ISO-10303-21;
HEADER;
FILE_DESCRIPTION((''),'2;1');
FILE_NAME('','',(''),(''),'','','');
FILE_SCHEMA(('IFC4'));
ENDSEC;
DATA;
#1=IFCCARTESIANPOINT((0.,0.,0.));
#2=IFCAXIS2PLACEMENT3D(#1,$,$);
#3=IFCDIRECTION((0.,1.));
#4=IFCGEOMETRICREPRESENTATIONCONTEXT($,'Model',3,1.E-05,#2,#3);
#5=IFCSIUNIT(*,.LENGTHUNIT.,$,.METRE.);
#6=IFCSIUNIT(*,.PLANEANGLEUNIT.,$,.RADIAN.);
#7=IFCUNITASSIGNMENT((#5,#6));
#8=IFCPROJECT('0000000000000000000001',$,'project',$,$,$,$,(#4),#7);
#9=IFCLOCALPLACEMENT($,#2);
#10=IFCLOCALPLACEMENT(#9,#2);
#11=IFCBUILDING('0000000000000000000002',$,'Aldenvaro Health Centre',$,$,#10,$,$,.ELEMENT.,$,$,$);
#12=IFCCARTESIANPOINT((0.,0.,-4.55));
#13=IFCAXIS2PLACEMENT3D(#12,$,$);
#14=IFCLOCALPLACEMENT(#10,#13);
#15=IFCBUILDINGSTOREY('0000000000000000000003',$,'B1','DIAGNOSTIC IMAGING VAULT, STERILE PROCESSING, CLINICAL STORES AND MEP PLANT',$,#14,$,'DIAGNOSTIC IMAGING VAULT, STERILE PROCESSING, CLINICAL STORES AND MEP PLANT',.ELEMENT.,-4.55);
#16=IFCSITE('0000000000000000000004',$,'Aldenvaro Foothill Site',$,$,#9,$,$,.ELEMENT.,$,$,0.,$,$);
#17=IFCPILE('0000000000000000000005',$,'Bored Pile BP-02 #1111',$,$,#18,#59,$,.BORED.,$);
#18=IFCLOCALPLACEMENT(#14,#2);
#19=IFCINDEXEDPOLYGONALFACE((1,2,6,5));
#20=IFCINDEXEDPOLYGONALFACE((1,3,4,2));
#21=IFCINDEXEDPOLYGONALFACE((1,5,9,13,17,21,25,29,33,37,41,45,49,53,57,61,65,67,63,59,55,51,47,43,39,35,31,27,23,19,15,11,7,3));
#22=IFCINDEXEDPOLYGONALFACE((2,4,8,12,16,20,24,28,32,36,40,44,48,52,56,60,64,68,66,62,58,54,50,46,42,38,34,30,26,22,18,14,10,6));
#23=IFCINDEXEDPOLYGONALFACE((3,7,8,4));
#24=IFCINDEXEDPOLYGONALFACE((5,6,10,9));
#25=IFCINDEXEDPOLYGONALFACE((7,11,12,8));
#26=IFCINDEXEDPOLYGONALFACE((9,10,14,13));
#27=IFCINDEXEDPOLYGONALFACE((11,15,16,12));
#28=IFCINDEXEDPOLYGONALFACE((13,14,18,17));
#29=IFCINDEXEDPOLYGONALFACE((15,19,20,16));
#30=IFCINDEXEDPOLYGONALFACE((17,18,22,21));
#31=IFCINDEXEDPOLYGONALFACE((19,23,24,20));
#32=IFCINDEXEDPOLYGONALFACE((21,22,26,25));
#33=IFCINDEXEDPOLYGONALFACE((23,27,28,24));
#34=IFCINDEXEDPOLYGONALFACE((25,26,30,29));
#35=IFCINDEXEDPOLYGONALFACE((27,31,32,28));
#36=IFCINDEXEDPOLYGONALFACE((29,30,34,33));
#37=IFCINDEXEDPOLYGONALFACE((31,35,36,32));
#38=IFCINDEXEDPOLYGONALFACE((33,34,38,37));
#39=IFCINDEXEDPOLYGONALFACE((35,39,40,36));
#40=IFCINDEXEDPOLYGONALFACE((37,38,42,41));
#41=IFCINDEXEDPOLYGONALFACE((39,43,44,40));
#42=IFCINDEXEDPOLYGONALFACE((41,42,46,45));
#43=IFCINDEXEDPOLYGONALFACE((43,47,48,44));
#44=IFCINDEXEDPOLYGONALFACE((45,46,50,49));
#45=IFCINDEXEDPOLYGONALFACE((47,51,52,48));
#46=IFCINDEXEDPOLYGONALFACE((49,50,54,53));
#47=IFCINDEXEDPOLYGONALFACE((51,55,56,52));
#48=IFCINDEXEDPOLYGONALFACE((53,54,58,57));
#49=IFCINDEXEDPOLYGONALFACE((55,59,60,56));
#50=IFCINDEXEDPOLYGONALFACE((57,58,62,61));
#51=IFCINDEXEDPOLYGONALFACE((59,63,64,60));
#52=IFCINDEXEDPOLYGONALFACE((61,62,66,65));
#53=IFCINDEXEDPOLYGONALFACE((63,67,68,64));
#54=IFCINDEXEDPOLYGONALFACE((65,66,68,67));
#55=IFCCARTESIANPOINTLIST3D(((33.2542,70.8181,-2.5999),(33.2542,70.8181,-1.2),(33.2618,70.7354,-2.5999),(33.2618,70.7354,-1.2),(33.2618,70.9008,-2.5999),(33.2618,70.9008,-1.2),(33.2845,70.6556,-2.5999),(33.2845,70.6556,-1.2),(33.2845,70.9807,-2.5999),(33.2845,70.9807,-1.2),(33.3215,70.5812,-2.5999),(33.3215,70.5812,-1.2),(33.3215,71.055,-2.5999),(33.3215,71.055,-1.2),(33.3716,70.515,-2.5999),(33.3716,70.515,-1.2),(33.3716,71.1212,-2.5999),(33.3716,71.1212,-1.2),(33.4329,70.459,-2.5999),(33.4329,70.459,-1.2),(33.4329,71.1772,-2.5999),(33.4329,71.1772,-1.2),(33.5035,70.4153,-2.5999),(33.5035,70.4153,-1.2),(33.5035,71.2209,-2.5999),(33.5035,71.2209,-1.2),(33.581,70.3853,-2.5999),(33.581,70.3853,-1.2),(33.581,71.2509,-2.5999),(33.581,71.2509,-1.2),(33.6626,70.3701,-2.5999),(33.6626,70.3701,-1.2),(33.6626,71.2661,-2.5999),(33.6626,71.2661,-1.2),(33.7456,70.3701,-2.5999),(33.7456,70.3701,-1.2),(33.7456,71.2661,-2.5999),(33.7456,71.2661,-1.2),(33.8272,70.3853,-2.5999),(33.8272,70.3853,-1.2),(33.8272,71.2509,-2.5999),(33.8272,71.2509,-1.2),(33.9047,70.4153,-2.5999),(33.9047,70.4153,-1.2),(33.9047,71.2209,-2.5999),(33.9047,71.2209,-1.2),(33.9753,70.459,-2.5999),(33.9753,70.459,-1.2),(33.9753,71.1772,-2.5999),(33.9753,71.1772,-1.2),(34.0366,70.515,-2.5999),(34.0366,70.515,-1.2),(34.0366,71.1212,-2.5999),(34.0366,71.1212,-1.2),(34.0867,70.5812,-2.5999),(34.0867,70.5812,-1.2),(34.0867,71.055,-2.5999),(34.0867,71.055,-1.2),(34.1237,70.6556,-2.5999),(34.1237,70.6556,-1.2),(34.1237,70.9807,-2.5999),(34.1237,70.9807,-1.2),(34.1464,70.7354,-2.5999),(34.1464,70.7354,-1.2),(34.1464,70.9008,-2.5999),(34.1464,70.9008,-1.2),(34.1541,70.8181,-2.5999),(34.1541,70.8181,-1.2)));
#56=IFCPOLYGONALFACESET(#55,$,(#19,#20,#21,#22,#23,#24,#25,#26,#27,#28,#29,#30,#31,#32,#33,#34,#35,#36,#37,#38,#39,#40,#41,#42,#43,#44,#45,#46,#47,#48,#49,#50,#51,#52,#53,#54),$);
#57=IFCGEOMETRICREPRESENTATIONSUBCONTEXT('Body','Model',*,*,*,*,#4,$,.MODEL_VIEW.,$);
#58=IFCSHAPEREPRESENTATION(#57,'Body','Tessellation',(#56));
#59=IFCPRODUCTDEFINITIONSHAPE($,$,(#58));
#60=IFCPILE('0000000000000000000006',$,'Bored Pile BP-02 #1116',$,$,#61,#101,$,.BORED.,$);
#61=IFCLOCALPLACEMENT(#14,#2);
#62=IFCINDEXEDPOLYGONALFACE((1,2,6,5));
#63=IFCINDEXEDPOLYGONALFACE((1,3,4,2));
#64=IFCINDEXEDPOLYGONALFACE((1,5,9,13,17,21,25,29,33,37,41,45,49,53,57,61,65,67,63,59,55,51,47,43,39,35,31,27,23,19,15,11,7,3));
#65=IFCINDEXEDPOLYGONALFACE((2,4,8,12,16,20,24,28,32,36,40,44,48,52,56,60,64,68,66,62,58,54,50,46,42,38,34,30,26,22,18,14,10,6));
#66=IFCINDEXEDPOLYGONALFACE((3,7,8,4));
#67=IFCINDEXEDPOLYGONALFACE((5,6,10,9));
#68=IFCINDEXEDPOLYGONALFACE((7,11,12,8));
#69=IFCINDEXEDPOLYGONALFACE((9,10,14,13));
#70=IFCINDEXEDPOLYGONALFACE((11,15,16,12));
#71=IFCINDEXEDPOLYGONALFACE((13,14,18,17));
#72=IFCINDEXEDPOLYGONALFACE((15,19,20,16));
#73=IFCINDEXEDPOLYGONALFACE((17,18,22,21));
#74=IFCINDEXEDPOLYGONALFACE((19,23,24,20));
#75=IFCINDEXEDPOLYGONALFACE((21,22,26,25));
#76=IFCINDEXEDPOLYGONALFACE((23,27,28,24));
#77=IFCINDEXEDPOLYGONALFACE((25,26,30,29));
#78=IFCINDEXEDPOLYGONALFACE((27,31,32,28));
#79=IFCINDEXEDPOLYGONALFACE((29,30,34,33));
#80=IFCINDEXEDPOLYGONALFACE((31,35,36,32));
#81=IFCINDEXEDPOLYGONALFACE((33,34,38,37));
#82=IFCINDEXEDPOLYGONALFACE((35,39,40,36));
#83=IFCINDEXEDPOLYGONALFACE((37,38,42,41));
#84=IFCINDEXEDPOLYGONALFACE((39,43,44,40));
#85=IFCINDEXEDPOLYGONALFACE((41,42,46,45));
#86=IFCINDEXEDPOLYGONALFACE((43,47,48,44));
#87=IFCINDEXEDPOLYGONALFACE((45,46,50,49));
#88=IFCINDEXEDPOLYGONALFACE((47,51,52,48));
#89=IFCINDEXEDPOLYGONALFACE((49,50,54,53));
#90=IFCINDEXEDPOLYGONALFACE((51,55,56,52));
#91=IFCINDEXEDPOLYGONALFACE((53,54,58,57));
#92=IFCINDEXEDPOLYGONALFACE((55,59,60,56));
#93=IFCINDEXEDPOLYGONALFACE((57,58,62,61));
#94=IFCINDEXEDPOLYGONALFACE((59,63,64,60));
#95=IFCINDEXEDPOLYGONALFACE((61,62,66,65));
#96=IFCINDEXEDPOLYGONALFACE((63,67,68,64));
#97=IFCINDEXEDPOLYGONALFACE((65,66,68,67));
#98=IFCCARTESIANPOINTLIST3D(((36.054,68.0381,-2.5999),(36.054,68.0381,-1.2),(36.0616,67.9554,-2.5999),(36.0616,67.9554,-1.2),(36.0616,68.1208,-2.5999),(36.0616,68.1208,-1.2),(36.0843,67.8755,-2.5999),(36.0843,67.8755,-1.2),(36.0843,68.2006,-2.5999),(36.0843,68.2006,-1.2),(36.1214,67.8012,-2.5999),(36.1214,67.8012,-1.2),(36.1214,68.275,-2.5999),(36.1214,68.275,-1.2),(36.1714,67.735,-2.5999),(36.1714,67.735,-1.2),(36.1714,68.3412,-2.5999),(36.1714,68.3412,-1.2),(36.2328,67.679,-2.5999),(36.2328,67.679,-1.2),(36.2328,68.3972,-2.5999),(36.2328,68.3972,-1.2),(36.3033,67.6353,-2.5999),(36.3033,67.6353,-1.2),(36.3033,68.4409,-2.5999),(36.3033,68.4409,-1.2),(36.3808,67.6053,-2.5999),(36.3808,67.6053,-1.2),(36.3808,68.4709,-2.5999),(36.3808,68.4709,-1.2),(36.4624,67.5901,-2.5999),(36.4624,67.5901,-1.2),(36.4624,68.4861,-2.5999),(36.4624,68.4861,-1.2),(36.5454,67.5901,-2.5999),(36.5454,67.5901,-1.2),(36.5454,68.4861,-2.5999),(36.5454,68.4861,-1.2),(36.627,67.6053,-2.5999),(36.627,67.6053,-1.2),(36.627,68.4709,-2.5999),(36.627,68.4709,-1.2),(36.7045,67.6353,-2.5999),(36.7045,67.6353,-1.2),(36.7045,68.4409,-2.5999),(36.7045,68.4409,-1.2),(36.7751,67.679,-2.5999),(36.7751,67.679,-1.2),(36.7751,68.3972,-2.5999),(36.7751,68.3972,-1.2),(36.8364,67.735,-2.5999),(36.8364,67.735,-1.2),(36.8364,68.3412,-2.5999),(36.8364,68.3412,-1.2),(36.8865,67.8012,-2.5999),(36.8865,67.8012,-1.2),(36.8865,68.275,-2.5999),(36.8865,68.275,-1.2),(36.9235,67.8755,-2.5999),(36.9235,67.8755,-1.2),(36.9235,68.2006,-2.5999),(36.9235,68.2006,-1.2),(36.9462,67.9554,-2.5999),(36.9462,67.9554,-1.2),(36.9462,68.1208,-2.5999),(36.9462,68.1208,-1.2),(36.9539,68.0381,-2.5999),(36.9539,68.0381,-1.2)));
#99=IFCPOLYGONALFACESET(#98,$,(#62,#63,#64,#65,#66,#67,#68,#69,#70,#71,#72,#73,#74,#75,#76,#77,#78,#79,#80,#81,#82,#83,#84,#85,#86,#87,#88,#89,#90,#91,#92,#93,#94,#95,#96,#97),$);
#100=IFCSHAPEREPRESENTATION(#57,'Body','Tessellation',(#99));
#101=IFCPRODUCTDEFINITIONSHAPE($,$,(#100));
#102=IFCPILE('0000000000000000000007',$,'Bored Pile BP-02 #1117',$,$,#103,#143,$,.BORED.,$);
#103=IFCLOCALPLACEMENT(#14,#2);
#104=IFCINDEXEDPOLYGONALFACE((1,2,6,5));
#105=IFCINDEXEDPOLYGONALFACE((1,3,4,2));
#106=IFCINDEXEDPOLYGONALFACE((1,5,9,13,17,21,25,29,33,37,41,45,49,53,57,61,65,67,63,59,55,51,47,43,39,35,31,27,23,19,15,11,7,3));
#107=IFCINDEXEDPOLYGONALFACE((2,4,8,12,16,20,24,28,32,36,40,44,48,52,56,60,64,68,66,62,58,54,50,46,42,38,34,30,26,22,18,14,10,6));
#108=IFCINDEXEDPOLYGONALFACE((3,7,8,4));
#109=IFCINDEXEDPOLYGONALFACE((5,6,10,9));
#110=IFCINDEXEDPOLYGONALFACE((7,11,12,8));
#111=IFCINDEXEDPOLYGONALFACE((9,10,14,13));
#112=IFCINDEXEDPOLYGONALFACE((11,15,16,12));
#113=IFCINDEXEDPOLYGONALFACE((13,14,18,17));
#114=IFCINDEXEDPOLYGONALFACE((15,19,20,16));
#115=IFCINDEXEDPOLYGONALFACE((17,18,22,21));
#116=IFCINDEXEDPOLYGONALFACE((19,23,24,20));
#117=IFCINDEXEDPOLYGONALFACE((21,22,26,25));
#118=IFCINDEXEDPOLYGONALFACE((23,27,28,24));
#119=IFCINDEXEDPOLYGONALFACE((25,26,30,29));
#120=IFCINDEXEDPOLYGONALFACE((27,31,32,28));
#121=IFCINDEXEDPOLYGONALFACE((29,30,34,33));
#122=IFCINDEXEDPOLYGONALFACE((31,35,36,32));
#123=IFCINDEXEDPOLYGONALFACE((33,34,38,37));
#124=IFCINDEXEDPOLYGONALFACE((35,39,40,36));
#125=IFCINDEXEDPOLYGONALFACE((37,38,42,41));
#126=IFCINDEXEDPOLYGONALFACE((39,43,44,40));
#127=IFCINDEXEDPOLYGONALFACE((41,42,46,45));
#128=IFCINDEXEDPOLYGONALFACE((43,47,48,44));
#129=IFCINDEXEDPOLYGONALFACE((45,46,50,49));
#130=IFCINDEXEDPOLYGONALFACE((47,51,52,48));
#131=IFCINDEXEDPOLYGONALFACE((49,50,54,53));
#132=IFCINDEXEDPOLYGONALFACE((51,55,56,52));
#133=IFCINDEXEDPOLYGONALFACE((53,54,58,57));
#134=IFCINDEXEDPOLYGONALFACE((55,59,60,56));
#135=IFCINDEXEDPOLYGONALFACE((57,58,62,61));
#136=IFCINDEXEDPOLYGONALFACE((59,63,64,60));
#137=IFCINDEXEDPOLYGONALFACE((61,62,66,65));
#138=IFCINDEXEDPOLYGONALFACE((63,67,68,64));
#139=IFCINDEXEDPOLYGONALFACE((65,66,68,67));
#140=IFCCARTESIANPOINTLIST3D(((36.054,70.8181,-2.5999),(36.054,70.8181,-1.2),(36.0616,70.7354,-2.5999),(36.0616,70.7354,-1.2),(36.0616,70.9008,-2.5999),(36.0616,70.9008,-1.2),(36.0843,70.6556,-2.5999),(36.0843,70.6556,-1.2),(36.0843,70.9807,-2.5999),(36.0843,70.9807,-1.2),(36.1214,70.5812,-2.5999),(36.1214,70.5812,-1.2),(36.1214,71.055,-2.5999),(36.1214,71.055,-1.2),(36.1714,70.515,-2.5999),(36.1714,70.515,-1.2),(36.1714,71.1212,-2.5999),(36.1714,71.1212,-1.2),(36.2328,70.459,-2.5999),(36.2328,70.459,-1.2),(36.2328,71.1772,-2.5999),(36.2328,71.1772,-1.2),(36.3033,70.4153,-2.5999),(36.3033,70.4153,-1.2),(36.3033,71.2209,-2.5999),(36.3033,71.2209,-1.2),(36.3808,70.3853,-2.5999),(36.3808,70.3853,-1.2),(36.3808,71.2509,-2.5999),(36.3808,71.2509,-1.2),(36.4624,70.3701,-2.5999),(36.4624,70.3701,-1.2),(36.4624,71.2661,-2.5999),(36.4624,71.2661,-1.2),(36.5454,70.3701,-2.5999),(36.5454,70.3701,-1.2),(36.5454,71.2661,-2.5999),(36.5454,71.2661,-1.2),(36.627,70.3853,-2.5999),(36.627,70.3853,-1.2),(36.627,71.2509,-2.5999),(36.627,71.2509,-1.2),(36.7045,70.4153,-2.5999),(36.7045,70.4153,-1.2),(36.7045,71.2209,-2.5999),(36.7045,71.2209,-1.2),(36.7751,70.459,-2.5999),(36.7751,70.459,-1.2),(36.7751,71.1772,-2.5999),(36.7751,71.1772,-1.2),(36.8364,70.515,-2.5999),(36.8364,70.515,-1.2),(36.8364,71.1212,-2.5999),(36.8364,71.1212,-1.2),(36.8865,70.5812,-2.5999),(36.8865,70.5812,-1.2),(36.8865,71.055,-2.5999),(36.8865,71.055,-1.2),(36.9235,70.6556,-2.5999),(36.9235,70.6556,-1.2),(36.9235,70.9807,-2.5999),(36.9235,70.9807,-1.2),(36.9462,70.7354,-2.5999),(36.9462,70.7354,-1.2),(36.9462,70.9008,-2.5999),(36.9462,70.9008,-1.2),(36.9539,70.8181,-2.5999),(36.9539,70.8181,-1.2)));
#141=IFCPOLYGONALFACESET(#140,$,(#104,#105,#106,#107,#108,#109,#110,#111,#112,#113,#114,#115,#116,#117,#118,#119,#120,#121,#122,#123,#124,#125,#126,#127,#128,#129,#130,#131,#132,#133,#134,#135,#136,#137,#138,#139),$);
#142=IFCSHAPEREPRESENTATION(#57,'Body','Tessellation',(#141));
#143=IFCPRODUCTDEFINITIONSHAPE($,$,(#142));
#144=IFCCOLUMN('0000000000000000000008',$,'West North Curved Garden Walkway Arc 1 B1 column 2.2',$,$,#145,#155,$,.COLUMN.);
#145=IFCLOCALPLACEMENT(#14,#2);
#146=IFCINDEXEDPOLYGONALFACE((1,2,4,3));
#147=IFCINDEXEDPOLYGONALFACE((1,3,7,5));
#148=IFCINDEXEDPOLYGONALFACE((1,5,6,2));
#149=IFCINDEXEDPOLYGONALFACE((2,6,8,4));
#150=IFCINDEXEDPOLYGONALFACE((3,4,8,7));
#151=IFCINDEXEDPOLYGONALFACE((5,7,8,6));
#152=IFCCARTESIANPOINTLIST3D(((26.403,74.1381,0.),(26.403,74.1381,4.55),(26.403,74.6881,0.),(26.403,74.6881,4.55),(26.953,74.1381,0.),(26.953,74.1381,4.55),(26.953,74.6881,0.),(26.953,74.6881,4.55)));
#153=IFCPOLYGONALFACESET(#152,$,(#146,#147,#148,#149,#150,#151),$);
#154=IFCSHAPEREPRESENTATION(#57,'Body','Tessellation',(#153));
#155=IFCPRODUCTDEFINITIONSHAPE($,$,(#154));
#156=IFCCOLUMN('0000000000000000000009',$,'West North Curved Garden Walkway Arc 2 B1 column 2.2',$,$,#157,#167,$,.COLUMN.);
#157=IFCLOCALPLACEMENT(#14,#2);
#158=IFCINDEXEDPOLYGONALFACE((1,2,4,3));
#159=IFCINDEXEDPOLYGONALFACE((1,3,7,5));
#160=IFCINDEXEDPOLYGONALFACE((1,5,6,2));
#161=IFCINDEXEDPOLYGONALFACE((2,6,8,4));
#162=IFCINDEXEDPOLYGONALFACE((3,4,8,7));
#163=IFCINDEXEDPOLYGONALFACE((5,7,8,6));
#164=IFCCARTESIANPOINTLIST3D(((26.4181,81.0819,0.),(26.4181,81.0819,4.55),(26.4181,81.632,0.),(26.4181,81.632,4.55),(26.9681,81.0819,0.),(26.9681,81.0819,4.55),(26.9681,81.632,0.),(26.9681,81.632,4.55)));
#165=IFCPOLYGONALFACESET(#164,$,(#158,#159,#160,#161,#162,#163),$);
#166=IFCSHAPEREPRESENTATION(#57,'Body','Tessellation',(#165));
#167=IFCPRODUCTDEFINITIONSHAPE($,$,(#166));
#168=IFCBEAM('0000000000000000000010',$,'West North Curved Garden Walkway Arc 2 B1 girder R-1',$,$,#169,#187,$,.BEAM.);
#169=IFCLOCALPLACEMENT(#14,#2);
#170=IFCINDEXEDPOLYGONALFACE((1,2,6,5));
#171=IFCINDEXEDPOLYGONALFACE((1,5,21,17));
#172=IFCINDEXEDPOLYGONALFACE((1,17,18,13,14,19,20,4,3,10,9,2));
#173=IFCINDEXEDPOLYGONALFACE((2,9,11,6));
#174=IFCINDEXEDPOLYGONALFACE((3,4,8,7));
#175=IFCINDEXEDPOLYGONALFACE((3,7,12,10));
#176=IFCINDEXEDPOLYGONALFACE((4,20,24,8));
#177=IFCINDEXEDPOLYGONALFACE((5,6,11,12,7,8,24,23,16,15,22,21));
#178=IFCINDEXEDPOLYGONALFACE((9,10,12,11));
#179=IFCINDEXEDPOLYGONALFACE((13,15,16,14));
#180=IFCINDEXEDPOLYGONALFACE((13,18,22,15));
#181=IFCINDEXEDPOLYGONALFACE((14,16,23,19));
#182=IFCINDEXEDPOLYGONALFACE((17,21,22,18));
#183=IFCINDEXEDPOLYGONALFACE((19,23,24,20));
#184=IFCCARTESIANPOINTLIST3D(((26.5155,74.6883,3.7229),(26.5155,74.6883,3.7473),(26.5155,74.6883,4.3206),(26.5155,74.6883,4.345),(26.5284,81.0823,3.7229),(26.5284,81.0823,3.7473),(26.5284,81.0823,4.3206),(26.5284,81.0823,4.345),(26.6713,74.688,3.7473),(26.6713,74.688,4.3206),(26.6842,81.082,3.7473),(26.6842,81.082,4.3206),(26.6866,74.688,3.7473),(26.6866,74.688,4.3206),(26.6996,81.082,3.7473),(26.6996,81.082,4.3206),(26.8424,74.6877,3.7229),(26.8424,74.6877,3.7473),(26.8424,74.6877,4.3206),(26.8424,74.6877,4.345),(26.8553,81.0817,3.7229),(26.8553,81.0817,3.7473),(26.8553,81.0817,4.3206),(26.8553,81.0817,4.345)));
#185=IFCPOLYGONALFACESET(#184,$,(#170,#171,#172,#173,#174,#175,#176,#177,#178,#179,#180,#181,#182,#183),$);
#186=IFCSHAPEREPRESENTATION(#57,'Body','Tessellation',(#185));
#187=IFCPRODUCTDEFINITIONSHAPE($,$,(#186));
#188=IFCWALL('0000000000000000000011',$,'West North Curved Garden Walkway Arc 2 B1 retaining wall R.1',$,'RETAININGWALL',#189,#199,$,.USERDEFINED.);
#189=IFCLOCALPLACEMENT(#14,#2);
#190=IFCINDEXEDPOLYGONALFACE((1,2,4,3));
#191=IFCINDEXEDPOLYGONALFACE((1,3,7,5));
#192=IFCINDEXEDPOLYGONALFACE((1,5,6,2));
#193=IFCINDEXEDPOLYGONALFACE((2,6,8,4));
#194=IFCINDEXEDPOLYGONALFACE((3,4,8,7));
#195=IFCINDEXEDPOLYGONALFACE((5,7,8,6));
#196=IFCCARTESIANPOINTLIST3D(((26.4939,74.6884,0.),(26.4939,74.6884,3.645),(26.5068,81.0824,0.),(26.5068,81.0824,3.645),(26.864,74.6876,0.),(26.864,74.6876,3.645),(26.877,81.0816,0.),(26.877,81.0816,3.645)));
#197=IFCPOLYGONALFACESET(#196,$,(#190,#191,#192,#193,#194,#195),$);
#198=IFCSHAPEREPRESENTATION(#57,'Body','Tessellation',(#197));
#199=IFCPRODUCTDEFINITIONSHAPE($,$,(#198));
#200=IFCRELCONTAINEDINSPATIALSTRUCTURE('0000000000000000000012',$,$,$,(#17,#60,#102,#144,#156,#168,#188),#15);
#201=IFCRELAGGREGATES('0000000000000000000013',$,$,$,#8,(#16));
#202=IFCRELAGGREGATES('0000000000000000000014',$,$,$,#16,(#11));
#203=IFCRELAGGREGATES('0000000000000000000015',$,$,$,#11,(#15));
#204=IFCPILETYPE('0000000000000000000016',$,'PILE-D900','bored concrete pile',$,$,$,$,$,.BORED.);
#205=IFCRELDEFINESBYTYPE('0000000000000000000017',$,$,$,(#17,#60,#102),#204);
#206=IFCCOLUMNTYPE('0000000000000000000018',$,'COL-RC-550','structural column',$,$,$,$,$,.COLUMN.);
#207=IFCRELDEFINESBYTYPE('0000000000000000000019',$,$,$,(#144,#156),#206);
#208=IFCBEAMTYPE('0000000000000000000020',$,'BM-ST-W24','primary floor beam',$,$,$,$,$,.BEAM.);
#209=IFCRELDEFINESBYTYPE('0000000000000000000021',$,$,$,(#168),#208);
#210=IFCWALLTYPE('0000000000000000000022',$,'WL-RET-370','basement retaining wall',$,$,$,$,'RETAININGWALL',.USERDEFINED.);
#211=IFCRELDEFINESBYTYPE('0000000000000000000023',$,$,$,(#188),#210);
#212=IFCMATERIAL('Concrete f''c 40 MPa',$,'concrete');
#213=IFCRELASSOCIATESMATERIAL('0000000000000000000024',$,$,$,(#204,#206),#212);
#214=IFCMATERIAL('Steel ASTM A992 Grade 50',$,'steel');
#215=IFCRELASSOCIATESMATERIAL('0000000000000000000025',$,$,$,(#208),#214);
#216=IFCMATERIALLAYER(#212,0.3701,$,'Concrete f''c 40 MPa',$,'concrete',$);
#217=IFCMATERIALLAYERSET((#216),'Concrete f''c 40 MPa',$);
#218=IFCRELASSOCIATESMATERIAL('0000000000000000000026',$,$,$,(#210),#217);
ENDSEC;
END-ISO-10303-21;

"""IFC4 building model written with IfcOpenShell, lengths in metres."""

from ifc_helpers import new_model, si_unit, direction, frame, frame_2d, origin, origin_2d, place, context, subcontext, project, spatial, rectangle, circle, i_section, extrude, material, layer, layer_set, material_profile, profile_set, type_object, element, save


model = new_model("IFC4")

# Units and contexts
model_context = context("Model", 3, precision=1e-05, world=origin(), true_north=direction((0.0, 1.0)))
body_context = subcontext(model_context, "Body", "Model", "MODEL_VIEW")
ifc_project = project(units=[si_unit("LENGTHUNIT", "METRE"), si_unit("PLANEANGLEUNIT", "RADIAN")], contexts=[model_context])

# Site, building, storey
site_placement = place(None, origin())
site = spatial("IfcSite", under=ifc_project, at=site_placement, Name="Aldenvaro Foothill Site", CompositionType="ELEMENT", RefElevation=0.0)
building_placement = place(site_placement, origin())
building = spatial("IfcBuilding", under=site, at=building_placement, Name="Aldenvaro Health Centre", CompositionType="ELEMENT")
storey_placement = place(building_placement, frame((0.0, 0.0, -4.55)))
storey = spatial("IfcBuildingStorey", under=building, at=storey_placement, Name="B1", Description="DIAGNOSTIC IMAGING VAULT, STERILE PROCESSING, CLINICAL STORES AND MEP PLANT", LongName="DIAGNOSTIC IMAGING VAULT, STERILE PROCESSING, CLINICAL STORES AND MEP PLANT", CompositionType="ELEMENT", Elevation=-4.55)

# Shared definitions
ifc_material_1 = material(Name="Concrete f'c 40 MPa", Category="concrete")

# Piles
ifc_material_profile_1 = material_profile(ifc_material_1, circle(Radius=0.45, at=origin_2d()), Name="PILE D900", Category="concrete")
ifc_profile_set_1 = profile_set([ifc_material_profile_1], Name="Concrete f'c 40 MPa")
pile_type_1 = type_object("IfcPileType", Name="PILE-D900", Description="bored concrete pile", PredefinedType="BORED", material=ifc_profile_set_1)
for number, where, z_axis, x_axis, name in (
    (1, (33.7041, 70.8181, -1.2), (0.0, 0.0, -1.0), (1.0, 0.0, 0.0), "Bored Pile BP-02 #1111"),
    (2, (36.5039, 68.0381, -1.2), (0.0, 0.0, -1.0), (1.0, 0.0, 0.0), "Bored Pile BP-02 #1116"),
    (3, (36.5039, 70.8181, -1.2), (0.0, 0.0, -1.0), (1.0, 0.0, 0.0), "Bored Pile BP-02 #1117"),
):
    element("IfcPile", number, at=place(storey_placement, frame(where, z_axis=z_axis, x_axis=x_axis)), inside=storey, type_object=pile_type_1, Name=name, PredefinedType="BORED", context=body_context, shape_type="SweptSolid", body=[
        extrude(circle(Radius=0.45, at=origin_2d()), origin(), (0.0, 0.0, 1.0), 1.3999),
    ])

# Columns
ifc_material_profile_2 = material_profile(ifc_material_1, rectangle(XDim=0.55, YDim=0.55, at=origin_2d()), Name="RC 550x550", Category="concrete")
ifc_profile_set_2 = profile_set([ifc_material_profile_2], Name="Concrete f'c 40 MPa")
column_type = type_object("IfcColumnType", Name="COL-RC-550", Description="structural column", PredefinedType="COLUMN", material=ifc_profile_set_2)
for number, where, z_axis, x_axis, name in (
    (4, (26.678, 74.4131, 0.0), (0.0, 0.0, 1.0), (1.0, 0.0, 0.0), "West North Curved Garden Walkway Arc 1 B1 column 2.2"),
    (5, (26.6931, 81.3569, 0.0), (0.0, 0.0, 1.0), (1.0, 0.0, 0.0), "West North Curved Garden Walkway Arc 2 B1 column 2.2"),
):
    element("IfcColumn", number, at=place(storey_placement, frame(where, z_axis=z_axis, x_axis=x_axis)), inside=storey, type_object=column_type, Name=name, PredefinedType="COLUMN", context=body_context, shape_type="SweptSolid", body=[
        extrude(rectangle(XDim=0.55, YDim=0.55, at=origin_2d()), origin(), (0.0, 0.0, 1.0), 4.55),
    ])

# Beam
ifc_material_2 = material(Name="Steel ASTM A992 Grade 50", Category="steel")
ifc_material_profile_3 = material_profile(ifc_material_2, i_section(OverallWidth=0.3269, OverallDepth=0.6221, WebThickness=0.0154, FlangeThickness=0.0244, at=origin_2d()), Name="W24X131", Category="steel")
ifc_profile_set_3 = profile_set([ifc_material_profile_3], Name="Steel ASTM A992 Grade 50")
beam_type = type_object("IfcBeamType", Name="BM-ST-W24", Description="primary floor beam", PredefinedType="BEAM", material=ifc_profile_set_3)
beam_placement = place(storey_placement, frame((26.679, 74.688, 4.0339), z_axis=(0.002024, 0.999998, 0.0), x_axis=(-0.999998, 0.002024, 0.0)))
element("IfcBeam", 6, at=beam_placement, inside=storey, type_object=beam_type, Name="West North Curved Garden Walkway Arc 2 B1 girder R-1", PredefinedType="BEAM", context=body_context, shape_type="SweptSolid", body=[
    extrude(i_section(OverallWidth=0.3269, OverallDepth=0.6221, WebThickness=0.0154, FlangeThickness=0.0244, at=origin_2d()), origin(), (0.0, 0.0, 1.0), 6.394),
])

# Wall
ifc_layer_1 = layer(ifc_material_1, 0.3701, Name="Concrete f'c 40 MPa", Category="concrete")
ifc_layer_set_1 = layer_set([ifc_layer_1], Name="Concrete f'c 40 MPa")
wall_type_1 = type_object("IfcWallType", Name="WL-RET-370", Description="basement retaining wall", ElementType="RETAININGWALL", PredefinedType="USERDEFINED", material=ifc_layer_set_1)
wall_1_placement = place(storey_placement, frame((26.679, 74.688, 0.0), z_axis=(0.0, 0.0, 1.0), x_axis=(0.002024, 0.999998, 0.0)))
element("IfcWall", 7, at=wall_1_placement, inside=storey, type_object=wall_type_1, Name="West North Curved Garden Walkway Arc 2 B1 retaining wall R.1", ObjectType="RETAININGWALL", PredefinedType="USERDEFINED", context=body_context, shape_type="SweptSolid", body=[
    extrude(rectangle(XDim=6.394, YDim=0.3701, at=frame_2d((3.197, 0.0))), origin(), (0.0, 0.0, 1.0), 3.645),
])

save(model, "model.ifc")
